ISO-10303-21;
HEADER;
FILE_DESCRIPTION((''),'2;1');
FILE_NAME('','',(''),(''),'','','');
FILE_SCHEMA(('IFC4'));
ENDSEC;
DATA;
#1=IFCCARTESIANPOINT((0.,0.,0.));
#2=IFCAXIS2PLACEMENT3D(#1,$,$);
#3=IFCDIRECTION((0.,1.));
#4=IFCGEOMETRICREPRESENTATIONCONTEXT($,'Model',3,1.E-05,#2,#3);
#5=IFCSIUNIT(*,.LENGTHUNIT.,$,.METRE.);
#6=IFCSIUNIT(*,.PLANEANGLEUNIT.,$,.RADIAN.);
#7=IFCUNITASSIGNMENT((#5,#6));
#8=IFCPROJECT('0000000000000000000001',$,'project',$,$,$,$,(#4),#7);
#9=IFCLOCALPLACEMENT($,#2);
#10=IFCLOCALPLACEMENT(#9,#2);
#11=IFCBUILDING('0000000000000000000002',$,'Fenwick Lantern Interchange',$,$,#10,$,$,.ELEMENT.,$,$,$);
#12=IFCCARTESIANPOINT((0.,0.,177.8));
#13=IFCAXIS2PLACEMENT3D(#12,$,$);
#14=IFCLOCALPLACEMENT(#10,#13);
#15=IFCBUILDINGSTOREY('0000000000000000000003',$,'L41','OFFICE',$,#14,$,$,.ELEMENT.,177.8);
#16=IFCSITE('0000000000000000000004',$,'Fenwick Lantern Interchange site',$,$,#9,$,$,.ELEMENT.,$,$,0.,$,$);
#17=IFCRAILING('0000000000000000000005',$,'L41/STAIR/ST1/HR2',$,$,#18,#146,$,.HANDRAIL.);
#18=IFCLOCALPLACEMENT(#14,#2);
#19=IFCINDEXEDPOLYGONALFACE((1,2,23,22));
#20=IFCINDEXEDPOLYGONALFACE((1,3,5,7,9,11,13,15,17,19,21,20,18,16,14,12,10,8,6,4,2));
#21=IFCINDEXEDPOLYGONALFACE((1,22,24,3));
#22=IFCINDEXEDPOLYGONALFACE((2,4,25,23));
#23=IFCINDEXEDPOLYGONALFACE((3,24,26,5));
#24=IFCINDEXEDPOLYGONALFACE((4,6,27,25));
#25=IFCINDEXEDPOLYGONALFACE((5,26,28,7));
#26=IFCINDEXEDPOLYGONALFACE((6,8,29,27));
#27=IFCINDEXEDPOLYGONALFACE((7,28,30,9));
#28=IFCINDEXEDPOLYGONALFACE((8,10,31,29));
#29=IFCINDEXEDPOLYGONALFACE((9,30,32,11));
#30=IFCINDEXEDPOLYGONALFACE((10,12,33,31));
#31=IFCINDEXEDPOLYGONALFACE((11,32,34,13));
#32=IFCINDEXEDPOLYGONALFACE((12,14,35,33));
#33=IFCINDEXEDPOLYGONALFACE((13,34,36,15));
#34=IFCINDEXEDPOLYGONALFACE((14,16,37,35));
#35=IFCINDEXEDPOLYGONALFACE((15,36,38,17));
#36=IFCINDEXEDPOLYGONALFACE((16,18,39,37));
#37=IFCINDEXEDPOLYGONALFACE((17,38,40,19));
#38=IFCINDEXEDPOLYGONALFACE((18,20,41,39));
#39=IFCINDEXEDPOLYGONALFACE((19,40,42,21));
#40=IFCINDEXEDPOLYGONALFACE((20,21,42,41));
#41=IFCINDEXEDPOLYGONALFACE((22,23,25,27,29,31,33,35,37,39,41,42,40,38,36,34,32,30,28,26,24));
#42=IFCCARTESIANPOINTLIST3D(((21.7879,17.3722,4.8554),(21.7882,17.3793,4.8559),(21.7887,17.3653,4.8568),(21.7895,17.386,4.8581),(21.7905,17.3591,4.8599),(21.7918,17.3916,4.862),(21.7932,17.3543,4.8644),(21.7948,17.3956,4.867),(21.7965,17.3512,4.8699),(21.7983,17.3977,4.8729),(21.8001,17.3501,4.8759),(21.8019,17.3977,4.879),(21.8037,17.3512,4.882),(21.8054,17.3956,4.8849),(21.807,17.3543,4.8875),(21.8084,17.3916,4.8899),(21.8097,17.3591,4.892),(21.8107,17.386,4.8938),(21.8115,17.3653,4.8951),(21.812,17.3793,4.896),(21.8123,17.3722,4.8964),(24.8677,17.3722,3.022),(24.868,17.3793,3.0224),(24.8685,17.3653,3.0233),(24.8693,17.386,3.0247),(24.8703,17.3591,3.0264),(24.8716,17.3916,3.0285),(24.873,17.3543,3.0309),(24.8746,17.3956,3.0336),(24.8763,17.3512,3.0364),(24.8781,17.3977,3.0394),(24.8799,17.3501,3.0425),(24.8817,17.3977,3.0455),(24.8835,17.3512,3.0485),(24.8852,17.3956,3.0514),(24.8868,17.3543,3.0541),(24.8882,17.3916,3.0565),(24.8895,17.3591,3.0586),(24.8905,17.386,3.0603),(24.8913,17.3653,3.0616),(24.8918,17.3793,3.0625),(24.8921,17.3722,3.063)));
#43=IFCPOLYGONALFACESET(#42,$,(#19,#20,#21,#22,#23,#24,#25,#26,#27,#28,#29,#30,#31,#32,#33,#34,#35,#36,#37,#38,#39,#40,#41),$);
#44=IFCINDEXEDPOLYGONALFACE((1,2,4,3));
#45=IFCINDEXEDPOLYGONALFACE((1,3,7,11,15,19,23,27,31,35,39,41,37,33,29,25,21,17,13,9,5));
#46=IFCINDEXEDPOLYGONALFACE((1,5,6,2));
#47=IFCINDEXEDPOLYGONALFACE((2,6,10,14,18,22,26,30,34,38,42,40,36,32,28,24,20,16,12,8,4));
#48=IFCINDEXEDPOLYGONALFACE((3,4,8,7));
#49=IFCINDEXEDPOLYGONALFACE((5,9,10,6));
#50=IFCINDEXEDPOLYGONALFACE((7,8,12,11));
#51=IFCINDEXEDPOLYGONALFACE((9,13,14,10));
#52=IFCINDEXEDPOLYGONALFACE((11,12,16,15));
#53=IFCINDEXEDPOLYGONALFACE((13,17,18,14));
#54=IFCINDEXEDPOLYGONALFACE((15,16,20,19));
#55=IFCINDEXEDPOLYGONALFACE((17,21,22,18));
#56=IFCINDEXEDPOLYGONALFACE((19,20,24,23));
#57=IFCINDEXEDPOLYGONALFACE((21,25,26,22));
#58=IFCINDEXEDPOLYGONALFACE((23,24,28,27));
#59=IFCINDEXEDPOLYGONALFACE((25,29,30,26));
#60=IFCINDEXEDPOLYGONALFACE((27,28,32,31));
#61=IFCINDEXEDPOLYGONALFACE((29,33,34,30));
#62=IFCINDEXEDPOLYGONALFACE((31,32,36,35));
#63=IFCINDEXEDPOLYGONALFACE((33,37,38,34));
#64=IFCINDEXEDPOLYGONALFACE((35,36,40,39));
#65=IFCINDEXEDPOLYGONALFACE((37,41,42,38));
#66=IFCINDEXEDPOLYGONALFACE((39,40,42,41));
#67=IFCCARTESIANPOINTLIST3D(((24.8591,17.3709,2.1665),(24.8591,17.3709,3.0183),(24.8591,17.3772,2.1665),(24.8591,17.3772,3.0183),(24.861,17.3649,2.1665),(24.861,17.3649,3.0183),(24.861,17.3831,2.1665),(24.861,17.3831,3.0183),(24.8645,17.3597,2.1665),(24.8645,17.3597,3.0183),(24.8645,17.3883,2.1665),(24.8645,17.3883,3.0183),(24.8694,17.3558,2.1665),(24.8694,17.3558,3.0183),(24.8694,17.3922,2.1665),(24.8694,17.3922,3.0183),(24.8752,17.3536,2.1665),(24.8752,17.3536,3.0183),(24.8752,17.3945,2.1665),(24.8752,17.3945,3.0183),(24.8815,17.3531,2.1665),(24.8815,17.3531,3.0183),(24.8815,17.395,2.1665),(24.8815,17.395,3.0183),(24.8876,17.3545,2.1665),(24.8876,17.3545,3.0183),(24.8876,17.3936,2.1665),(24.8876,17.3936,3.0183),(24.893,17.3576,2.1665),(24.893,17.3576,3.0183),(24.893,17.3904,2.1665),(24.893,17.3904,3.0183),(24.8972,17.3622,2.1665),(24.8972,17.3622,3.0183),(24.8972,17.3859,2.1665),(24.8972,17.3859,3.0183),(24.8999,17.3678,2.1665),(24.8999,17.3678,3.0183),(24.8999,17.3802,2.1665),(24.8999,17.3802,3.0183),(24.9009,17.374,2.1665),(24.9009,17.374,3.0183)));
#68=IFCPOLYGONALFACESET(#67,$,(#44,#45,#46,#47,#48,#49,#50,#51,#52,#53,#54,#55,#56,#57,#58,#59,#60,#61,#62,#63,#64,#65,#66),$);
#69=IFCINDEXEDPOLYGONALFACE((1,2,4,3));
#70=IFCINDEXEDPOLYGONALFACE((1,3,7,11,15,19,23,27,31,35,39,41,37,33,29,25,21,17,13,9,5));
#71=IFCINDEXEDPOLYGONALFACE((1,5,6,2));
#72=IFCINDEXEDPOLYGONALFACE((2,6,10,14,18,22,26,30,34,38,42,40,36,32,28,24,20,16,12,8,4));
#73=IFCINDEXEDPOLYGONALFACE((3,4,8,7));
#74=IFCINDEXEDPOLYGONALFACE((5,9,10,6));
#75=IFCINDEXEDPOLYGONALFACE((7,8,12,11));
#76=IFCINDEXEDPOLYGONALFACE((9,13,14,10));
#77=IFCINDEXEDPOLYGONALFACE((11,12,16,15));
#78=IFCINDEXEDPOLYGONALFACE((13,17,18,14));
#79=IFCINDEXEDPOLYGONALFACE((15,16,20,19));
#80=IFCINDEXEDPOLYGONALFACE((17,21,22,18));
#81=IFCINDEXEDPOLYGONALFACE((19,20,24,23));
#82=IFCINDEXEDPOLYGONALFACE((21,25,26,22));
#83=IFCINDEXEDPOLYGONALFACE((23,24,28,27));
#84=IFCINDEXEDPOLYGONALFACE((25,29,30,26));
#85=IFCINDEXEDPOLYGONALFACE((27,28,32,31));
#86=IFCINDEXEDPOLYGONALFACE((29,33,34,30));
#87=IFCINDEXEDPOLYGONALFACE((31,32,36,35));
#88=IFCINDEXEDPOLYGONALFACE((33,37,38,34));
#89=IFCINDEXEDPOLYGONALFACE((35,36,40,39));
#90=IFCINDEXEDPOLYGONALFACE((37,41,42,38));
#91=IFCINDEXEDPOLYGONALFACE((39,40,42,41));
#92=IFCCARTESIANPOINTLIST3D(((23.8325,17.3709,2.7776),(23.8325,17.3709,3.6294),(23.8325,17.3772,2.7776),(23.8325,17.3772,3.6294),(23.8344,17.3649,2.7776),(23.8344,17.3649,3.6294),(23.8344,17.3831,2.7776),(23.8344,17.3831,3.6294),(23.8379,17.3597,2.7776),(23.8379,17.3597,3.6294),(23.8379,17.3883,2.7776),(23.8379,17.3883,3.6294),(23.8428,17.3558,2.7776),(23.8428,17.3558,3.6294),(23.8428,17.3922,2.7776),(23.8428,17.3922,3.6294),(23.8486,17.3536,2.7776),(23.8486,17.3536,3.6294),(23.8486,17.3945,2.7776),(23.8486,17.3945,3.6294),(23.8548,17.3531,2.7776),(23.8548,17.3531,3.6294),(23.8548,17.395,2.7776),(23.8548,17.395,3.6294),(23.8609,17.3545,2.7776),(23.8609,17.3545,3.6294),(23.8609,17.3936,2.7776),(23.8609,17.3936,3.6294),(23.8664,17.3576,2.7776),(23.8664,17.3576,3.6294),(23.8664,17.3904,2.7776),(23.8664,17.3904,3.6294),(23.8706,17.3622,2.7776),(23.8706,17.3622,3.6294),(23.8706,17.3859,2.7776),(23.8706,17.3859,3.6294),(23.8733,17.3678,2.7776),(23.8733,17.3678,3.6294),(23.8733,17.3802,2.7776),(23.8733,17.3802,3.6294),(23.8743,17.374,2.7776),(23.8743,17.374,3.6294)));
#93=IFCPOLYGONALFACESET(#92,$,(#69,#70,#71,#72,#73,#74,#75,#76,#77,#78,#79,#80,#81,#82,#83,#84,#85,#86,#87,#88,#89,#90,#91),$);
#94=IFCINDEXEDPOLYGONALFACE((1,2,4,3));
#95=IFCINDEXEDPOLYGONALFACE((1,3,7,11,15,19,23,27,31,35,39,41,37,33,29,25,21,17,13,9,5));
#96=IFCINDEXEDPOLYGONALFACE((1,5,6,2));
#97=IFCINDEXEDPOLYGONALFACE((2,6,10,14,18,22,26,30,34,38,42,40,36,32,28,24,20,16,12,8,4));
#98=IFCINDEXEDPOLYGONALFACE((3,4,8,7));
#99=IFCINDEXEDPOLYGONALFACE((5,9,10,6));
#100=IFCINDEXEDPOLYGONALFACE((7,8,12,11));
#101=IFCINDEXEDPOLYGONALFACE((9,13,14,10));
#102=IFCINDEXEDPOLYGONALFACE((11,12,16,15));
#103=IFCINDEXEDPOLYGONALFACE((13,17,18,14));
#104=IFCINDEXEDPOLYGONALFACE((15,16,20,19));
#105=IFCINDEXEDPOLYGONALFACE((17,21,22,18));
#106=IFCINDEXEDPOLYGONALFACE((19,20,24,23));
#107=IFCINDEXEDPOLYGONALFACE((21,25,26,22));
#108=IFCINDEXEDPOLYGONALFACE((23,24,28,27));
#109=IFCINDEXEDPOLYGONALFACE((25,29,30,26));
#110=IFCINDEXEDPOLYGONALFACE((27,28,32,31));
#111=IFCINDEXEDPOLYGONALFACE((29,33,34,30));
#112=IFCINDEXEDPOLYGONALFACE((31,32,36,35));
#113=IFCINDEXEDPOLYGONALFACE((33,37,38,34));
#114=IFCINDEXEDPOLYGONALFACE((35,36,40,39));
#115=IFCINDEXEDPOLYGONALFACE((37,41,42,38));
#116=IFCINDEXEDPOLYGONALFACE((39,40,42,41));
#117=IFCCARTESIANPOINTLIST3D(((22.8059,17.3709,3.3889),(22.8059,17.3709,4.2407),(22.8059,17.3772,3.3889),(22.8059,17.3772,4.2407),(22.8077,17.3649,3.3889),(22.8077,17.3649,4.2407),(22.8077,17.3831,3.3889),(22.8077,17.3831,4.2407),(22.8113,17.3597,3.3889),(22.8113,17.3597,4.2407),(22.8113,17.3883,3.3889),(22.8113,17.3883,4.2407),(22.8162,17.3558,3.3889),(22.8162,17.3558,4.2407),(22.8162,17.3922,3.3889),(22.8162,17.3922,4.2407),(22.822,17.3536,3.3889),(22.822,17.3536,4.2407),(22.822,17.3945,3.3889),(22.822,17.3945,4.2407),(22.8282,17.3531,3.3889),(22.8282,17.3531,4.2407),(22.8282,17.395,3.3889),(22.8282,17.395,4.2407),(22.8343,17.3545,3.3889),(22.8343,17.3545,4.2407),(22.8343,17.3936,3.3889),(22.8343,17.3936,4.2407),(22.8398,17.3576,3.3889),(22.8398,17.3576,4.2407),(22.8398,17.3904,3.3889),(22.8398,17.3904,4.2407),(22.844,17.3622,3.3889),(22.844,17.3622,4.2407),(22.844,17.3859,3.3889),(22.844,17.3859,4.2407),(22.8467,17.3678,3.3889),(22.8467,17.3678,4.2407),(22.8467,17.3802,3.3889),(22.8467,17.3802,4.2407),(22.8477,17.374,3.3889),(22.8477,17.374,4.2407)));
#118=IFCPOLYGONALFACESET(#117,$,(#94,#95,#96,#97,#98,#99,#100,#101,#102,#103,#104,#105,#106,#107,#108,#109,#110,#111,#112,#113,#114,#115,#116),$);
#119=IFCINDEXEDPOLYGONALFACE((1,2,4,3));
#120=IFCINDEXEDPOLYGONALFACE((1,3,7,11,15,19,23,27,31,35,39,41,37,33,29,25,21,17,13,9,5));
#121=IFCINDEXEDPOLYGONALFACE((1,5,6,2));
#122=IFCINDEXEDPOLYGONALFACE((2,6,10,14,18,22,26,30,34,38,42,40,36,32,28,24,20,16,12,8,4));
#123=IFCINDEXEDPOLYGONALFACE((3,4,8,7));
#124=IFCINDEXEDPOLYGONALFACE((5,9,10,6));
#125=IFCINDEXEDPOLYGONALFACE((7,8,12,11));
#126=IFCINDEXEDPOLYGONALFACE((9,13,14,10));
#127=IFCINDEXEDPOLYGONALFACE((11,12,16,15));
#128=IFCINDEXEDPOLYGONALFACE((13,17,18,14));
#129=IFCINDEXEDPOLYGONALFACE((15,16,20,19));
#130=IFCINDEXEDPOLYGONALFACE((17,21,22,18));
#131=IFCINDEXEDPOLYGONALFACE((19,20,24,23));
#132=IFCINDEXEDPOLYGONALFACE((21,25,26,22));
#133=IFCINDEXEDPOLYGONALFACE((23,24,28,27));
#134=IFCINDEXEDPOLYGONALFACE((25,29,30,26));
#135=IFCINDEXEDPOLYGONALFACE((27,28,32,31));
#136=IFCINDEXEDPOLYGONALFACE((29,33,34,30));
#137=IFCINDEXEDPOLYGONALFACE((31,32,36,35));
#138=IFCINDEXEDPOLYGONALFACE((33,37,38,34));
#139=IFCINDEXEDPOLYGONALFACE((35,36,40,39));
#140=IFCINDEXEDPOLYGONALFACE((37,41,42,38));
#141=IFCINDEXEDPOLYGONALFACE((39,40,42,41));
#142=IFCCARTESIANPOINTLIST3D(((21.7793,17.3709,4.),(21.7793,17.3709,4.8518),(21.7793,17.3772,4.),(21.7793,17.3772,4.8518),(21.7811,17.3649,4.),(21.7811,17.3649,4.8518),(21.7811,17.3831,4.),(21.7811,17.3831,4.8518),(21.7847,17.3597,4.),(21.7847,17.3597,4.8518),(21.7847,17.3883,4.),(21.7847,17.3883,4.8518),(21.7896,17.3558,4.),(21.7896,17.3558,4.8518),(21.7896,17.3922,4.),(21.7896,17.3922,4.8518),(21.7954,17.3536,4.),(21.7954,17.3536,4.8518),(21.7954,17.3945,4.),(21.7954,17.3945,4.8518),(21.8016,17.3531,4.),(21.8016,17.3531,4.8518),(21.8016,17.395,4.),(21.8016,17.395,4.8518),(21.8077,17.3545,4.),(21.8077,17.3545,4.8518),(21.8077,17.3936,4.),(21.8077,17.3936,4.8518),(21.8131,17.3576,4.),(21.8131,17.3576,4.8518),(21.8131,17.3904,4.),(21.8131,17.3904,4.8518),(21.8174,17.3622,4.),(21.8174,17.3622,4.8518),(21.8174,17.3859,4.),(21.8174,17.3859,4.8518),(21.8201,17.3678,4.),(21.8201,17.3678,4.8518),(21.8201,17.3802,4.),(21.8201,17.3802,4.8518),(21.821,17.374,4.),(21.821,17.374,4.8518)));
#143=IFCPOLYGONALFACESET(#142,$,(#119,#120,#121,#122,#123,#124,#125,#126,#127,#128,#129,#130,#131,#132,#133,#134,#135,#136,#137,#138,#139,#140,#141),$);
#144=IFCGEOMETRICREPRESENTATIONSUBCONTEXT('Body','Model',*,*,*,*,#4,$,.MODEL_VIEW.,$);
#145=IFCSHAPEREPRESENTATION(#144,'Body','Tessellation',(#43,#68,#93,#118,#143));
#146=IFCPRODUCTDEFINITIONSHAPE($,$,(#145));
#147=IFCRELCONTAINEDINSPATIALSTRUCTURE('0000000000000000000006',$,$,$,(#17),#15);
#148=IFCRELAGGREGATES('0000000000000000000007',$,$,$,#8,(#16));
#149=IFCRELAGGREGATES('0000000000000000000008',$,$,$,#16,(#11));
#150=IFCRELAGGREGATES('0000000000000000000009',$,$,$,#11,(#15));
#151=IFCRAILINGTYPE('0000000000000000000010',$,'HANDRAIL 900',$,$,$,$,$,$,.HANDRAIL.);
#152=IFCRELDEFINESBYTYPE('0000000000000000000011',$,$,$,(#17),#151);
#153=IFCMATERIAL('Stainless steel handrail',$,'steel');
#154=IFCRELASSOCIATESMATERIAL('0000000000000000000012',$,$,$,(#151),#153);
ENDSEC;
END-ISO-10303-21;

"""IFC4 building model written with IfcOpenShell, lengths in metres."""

from ifc_helpers import new_model, si_unit, direction, frame, origin, origin_2d, place, context, subcontext, project, spatial, circle, extrude, material, type_object, element, save


model = new_model("IFC4")

# Units and contexts
model_context = context("Model", 3, precision=1e-05, world=origin(), true_north=direction((0.0, 1.0)))
body_context = subcontext(model_context, "Body", "Model", "MODEL_VIEW")
ifc_project = project(units=[si_unit("LENGTHUNIT", "METRE"), si_unit("PLANEANGLEUNIT", "RADIAN")], contexts=[model_context])

# Site, building, storey
site_placement = place(None, origin())
site = spatial("IfcSite", under=ifc_project, at=site_placement, Name="Fenwick Lantern Interchange site", CompositionType="ELEMENT", RefElevation=0.0)
building_placement = place(site_placement, origin())
building = spatial("IfcBuilding", under=site, at=building_placement, Name="Fenwick Lantern Interchange", CompositionType="ELEMENT")
storey_placement = place(building_placement, frame((0.0, 0.0, 177.8)))
storey = spatial("IfcBuildingStorey", under=building, at=storey_placement, Name="L41", Description="OFFICE", CompositionType="ELEMENT", Elevation=177.8)

# Railing
ifc_material_1 = material(Name="Stainless steel handrail", Category="steel")
railing_type = type_object("IfcRailingType", Name="HANDRAIL 900", PredefinedType="HANDRAIL", material=ifc_material_1)
railing_1_placement = place(storey_placement, frame((24.8799, 17.374, 2.1665)))
element("IfcRailing", 1, at=railing_1_placement, inside=storey, type_object=railing_type, Name="L41/STAIR/ST1/HR2", PredefinedType="HANDRAIL", context=body_context, shape_type="SweptSolid", body=[
    extrude(circle(Radius=0.0239, at=origin_2d()), frame((0.0, 0.0, 0.876), z_axis=(-0.859261, 0.0, 0.511538), x_axis=(0.0, -1.0, 0.0)), (0.0, 0.0, 1.0), 3.5842),
    extrude(circle(Radius=0.021, at=origin_2d()), origin(), (0.0, 0.0, 1.0), 0.8518),
    extrude(circle(Radius=0.021, at=origin_2d()), frame((-1.0266, 0.0, 0.6111)), (0.0, 0.0, 1.0), 0.8518),
    extrude(circle(Radius=0.021, at=origin_2d()), frame((-2.0532, 0.0, 1.2224)), (0.0, 0.0, 1.0), 0.8518),
    extrude(circle(Radius=0.021, at=origin_2d()), frame((-3.0798, 0.0, 1.8335)), (0.0, 0.0, 1.0), 0.8518),
])

save(model, "model.ifc")
